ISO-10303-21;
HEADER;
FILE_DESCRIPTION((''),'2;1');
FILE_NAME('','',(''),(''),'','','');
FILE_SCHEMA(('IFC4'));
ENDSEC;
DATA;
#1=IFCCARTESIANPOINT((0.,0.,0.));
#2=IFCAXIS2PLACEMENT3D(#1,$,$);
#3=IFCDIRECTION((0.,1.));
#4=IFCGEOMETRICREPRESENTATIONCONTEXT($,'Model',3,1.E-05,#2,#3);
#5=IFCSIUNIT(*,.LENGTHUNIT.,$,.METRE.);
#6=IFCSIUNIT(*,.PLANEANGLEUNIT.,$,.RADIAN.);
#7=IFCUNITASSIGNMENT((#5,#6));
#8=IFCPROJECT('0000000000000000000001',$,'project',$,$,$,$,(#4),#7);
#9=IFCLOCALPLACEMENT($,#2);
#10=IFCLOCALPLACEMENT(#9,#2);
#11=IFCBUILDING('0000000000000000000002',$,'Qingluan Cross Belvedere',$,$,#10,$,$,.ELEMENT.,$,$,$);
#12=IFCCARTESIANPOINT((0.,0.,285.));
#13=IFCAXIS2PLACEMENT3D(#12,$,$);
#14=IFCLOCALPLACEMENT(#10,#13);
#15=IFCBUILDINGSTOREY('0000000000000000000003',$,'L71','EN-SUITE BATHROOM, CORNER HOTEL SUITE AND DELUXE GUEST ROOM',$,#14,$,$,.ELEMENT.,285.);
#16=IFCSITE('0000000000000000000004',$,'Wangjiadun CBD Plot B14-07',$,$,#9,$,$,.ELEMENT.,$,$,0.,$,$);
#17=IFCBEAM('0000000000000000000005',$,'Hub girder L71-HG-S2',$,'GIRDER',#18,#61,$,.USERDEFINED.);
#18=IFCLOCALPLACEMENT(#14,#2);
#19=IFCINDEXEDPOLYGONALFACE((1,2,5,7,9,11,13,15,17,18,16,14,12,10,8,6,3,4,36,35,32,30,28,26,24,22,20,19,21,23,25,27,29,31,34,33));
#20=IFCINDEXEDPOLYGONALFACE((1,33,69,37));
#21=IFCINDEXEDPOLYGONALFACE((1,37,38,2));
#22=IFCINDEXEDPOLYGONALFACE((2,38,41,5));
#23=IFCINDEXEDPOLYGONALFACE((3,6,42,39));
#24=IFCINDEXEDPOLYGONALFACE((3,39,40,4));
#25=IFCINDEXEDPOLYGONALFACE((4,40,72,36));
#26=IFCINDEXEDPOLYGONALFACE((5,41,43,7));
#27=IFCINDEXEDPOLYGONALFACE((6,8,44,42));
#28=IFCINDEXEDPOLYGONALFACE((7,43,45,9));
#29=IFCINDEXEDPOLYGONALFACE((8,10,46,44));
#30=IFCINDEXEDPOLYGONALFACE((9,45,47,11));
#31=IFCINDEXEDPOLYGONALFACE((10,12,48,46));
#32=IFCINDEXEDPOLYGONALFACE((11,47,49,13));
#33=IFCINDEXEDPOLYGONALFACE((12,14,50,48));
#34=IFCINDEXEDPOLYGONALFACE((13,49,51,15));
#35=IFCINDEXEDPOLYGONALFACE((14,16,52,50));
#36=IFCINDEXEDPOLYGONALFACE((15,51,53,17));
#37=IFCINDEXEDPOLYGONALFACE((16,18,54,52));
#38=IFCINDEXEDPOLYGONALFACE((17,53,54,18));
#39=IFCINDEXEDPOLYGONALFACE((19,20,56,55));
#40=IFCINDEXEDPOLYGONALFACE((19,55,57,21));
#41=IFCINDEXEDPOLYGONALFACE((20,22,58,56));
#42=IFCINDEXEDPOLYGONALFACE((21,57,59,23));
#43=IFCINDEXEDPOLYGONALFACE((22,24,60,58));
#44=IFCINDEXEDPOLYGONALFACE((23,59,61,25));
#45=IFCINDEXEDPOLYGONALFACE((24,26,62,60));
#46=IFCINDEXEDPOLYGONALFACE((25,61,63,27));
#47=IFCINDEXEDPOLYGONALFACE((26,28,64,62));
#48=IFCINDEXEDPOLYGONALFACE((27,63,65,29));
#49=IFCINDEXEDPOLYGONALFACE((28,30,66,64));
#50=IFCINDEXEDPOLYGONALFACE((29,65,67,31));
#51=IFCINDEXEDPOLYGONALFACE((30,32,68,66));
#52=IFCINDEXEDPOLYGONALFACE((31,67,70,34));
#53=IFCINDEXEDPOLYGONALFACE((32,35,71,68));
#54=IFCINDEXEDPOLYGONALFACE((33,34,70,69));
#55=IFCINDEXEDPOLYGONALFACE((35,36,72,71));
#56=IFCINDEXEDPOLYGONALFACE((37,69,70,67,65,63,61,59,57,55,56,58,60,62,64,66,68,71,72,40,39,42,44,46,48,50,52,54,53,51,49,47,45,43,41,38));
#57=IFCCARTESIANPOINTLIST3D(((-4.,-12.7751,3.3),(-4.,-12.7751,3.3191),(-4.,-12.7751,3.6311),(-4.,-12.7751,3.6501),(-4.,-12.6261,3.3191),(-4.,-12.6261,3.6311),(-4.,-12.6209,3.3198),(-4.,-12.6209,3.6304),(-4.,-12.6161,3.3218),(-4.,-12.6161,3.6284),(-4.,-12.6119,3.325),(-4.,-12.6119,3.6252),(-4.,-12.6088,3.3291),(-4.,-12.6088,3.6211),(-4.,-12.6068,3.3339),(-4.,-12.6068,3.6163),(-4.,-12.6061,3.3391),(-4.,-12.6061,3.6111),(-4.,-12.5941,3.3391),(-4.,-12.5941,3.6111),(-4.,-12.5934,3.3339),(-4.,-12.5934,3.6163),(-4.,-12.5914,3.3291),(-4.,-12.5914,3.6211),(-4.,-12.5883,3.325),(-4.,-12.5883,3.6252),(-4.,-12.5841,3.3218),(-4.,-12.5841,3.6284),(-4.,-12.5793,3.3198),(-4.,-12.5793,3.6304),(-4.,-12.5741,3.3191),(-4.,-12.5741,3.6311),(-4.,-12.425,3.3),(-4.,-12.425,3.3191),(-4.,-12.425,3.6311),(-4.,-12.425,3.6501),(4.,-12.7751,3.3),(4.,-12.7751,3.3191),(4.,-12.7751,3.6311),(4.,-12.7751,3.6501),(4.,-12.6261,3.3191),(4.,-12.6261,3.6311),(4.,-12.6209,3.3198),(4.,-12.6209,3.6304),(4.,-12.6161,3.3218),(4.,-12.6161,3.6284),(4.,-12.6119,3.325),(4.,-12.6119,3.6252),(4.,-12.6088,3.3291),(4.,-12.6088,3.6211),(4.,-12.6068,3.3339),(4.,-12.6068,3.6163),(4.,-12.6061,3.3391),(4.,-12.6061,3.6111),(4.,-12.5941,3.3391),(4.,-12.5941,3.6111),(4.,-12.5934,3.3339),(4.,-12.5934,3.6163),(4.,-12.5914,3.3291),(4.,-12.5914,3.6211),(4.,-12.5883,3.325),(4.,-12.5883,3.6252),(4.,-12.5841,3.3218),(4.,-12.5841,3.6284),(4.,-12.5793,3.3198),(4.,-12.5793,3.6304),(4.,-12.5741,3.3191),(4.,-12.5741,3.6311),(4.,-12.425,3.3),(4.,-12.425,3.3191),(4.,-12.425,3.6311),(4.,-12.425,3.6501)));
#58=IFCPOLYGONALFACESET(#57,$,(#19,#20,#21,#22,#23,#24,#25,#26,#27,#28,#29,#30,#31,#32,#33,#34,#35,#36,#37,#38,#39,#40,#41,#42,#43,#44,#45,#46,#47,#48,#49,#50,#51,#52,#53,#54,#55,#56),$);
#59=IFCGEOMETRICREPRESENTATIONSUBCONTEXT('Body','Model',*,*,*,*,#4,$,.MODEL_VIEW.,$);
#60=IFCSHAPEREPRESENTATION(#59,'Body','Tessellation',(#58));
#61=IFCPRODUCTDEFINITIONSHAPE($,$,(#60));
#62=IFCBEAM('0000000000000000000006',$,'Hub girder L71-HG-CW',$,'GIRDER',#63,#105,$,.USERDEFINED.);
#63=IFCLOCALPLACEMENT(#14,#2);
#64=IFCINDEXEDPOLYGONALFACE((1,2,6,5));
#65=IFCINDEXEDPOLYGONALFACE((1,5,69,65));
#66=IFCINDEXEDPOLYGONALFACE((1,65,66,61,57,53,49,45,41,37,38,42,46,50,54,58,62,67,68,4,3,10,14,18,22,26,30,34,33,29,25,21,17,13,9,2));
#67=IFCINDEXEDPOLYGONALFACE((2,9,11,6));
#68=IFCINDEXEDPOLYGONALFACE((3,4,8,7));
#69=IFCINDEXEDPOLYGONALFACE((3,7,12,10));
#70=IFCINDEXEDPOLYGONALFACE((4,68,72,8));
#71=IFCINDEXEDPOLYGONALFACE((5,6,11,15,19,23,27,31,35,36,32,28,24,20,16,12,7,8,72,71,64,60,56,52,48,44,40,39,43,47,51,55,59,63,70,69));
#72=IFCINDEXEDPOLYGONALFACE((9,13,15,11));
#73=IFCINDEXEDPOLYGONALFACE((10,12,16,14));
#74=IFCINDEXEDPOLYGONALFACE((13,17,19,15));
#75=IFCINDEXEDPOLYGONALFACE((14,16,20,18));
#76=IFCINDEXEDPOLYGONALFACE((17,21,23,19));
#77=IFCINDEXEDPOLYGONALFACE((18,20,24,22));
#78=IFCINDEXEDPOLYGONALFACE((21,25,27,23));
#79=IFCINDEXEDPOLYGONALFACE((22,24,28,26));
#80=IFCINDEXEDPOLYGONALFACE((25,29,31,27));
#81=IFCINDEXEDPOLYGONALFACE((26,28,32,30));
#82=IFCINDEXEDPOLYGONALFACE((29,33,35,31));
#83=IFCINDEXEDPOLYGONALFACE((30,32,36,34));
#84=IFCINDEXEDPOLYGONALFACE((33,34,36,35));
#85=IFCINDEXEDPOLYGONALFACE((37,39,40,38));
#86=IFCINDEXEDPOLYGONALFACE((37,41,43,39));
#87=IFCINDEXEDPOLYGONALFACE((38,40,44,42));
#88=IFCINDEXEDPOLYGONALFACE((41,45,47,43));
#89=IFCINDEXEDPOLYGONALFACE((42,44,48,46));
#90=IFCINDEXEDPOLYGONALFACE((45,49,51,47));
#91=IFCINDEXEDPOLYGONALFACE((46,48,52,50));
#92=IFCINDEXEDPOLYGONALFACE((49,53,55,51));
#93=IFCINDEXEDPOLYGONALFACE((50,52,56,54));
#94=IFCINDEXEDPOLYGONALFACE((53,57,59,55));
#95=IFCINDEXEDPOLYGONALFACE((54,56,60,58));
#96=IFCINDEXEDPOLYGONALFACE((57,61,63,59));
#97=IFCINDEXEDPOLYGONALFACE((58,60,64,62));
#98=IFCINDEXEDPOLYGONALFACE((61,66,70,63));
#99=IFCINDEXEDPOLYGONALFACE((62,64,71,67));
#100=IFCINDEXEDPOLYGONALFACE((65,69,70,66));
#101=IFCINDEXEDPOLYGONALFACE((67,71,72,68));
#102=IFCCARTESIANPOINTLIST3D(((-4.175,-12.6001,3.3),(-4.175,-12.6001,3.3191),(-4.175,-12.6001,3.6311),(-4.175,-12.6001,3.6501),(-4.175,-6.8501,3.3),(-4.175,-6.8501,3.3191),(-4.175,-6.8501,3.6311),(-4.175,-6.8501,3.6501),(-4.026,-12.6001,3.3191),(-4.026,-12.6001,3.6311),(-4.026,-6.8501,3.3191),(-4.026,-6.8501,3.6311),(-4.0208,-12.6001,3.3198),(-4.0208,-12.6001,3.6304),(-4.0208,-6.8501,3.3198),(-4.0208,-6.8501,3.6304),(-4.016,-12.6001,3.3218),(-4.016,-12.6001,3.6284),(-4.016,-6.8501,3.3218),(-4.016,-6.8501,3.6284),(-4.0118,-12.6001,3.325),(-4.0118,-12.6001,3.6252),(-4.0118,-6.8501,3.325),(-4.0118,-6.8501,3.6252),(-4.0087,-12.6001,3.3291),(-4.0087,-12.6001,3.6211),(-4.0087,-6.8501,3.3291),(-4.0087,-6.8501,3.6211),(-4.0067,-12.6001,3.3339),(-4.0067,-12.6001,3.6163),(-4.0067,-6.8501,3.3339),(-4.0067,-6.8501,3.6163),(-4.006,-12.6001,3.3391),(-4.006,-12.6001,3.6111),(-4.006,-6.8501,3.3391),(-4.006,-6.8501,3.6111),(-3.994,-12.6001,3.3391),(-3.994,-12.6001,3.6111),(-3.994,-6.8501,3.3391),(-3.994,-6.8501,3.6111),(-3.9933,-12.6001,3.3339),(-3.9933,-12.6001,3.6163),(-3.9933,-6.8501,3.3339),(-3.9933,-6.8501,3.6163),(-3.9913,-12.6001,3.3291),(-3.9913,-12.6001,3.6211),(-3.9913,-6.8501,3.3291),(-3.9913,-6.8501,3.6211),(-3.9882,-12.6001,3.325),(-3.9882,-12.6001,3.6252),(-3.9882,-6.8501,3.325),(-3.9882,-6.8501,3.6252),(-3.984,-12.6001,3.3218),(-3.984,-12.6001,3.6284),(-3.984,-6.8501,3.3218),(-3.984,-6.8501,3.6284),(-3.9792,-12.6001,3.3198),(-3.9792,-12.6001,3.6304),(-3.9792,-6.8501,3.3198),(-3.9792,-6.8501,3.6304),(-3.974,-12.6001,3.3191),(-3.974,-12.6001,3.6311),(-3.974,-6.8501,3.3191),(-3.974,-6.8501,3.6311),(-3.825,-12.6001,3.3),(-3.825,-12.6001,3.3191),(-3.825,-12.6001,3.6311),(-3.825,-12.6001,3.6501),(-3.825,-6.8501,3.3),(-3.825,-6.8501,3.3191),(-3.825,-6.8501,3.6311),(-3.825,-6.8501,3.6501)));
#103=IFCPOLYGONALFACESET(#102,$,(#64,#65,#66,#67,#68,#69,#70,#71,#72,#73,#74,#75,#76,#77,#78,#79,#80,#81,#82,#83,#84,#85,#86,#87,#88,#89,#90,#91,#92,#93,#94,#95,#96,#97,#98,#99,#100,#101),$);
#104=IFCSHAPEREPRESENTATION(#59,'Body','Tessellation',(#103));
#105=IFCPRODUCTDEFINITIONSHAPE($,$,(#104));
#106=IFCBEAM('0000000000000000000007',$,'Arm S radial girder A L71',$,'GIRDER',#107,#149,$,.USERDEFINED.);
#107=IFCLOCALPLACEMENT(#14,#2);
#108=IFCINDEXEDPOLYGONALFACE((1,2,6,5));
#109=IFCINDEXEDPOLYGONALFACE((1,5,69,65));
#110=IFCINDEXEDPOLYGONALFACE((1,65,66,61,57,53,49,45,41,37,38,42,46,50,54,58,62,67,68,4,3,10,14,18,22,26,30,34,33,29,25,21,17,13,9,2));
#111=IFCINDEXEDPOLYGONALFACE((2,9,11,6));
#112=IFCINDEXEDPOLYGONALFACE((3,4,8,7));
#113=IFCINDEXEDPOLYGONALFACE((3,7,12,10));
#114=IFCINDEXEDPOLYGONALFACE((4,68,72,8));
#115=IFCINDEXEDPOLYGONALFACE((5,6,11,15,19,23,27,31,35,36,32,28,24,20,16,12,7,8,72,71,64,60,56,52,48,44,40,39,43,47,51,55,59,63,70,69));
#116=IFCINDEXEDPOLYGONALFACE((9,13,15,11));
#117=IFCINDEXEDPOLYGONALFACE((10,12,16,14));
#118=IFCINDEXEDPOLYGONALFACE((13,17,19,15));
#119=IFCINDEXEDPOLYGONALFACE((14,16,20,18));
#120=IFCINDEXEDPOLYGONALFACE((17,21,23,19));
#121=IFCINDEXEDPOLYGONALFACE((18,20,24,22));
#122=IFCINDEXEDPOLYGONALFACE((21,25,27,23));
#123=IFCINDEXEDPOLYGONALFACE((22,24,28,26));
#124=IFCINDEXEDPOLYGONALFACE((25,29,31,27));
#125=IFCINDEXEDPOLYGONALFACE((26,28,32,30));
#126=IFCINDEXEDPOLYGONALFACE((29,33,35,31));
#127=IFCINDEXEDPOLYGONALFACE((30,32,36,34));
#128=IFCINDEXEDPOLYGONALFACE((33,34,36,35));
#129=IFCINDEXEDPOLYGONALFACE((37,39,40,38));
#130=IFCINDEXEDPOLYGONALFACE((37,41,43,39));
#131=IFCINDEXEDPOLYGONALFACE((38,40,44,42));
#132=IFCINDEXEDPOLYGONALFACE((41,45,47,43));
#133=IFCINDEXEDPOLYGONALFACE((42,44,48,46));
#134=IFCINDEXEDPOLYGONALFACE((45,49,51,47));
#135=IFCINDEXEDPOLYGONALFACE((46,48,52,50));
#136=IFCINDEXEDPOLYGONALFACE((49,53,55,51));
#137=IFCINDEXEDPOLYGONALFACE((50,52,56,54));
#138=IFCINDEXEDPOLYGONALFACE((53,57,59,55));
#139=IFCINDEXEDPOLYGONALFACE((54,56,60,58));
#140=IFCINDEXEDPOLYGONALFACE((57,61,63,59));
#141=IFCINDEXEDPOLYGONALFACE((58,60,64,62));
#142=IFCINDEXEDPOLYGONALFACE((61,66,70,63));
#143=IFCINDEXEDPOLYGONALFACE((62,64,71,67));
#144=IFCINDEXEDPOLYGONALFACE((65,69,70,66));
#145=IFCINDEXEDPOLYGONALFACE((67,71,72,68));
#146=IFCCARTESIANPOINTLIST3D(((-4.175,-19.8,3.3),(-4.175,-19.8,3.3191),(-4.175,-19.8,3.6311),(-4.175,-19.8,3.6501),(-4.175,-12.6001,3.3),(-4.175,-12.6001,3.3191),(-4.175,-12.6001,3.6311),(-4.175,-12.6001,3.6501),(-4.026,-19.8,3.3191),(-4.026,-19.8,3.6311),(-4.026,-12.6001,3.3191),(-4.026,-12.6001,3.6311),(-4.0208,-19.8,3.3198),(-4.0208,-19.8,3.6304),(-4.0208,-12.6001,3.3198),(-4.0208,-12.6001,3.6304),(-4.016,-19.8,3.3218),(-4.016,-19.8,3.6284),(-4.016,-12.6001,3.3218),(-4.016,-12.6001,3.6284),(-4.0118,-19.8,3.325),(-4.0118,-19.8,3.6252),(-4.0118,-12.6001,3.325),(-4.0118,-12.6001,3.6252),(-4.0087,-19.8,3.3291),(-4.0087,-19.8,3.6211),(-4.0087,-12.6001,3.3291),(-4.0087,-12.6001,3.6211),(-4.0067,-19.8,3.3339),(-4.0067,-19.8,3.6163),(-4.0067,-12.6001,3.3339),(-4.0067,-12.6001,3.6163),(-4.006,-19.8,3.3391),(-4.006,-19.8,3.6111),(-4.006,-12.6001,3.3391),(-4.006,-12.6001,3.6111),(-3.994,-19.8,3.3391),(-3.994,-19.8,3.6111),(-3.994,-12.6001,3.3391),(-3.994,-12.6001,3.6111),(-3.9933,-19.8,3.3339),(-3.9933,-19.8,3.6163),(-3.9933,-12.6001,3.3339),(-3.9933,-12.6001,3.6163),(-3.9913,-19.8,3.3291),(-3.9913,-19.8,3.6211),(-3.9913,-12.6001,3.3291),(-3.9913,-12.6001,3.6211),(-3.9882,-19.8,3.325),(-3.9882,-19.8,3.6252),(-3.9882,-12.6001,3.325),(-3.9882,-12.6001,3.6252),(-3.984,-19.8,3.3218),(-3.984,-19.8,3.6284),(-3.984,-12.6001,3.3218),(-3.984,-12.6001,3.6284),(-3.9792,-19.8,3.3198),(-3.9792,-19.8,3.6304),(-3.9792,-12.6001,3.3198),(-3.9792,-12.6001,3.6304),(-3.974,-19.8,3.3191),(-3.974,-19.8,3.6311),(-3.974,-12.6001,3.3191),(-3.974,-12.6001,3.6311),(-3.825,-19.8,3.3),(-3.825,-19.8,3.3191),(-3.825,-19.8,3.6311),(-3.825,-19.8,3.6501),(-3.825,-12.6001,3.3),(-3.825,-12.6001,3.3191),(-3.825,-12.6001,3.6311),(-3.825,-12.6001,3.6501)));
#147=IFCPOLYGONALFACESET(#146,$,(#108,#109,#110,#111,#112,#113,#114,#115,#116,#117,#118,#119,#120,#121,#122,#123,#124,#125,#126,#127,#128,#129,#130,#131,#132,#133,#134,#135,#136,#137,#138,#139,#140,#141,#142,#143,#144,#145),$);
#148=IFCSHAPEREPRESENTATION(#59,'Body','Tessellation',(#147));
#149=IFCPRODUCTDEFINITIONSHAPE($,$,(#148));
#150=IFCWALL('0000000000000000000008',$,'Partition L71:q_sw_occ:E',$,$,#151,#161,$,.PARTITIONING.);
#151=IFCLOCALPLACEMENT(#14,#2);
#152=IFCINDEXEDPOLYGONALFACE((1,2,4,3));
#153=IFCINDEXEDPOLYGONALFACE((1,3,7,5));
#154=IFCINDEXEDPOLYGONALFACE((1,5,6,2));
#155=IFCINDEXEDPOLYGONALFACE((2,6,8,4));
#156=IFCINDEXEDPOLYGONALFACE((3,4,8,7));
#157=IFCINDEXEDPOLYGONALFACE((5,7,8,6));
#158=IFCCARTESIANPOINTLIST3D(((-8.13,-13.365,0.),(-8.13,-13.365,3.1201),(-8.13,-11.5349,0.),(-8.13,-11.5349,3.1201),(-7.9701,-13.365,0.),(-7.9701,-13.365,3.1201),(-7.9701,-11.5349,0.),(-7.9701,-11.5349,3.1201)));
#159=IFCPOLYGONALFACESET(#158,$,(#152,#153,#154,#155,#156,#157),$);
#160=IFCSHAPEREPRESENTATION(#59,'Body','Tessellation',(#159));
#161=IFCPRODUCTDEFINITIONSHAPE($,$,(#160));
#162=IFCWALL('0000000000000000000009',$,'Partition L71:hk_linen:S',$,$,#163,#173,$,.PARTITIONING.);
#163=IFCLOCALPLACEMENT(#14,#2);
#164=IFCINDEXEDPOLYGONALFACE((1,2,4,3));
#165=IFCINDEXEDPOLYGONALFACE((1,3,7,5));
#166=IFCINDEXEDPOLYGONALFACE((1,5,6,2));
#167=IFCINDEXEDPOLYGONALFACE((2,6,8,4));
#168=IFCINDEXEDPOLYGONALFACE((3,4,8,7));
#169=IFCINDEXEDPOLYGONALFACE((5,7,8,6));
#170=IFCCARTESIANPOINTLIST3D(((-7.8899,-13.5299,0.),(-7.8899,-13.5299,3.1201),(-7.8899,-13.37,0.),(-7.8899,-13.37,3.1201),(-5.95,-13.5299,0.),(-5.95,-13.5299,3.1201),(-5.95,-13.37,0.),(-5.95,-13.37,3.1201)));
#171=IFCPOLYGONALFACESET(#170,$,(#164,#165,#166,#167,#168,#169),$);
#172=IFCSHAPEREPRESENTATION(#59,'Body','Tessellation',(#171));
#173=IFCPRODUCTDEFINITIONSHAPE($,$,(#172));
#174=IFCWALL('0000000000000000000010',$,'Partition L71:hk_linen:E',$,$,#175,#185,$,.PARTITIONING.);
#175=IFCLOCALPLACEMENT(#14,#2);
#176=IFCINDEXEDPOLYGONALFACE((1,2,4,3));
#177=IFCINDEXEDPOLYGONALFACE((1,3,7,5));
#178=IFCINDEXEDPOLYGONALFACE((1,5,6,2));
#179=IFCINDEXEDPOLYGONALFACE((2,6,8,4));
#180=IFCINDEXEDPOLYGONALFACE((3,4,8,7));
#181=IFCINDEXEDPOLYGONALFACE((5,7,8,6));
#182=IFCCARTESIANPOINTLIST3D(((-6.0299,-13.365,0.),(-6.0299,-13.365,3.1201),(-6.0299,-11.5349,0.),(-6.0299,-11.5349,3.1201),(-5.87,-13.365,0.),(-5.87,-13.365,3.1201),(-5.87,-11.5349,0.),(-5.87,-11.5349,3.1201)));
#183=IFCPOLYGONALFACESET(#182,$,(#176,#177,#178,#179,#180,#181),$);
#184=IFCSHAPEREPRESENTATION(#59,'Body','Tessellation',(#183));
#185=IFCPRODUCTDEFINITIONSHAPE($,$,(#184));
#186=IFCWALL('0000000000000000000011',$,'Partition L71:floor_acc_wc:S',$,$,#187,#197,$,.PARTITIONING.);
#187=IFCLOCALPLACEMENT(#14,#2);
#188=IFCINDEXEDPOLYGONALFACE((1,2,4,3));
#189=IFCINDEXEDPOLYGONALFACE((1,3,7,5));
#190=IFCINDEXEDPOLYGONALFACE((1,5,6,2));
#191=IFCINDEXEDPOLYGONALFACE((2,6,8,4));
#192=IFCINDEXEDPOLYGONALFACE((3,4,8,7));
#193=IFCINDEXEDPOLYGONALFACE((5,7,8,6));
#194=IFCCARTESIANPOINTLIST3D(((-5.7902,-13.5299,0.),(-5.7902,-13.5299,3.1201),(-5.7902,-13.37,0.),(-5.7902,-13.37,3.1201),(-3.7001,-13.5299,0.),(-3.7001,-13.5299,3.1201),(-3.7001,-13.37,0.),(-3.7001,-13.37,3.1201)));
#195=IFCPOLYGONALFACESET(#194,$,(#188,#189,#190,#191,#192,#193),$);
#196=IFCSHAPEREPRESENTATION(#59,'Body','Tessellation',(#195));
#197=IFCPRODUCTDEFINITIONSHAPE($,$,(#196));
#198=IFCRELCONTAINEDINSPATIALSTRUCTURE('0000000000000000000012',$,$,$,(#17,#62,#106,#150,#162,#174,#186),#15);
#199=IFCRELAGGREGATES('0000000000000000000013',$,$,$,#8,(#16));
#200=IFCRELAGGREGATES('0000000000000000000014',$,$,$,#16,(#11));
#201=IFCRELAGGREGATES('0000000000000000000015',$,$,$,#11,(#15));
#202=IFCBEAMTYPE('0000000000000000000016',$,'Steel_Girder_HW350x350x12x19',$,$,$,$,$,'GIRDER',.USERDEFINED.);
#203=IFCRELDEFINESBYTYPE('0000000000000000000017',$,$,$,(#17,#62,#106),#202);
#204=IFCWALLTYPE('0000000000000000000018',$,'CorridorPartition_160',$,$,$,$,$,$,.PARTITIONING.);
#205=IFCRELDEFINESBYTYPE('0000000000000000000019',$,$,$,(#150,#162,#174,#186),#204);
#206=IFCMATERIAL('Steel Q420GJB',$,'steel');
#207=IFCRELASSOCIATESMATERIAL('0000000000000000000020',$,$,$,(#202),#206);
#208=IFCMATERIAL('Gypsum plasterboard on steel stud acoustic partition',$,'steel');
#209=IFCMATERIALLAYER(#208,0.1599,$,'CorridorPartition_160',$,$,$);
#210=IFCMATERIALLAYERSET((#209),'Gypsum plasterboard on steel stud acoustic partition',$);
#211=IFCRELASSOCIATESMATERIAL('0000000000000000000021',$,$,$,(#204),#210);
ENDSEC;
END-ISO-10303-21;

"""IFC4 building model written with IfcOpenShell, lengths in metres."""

from ifc_helpers import new_model, si_unit, direction, frame, frame_2d, origin, origin_2d, place, context, subcontext, project, spatial, rectangle, i_section, extrude, material, layer, layer_set, material_profile, profile_set, type_object, element, save


model = new_model("IFC4")

# Units and contexts
model_context = context("Model", 3, precision=1e-05, world=origin(), true_north=direction((0.0, 1.0)))
body_context = subcontext(model_context, "Body", "Model", "MODEL_VIEW")
ifc_project = project(units=[si_unit("LENGTHUNIT", "METRE"), si_unit("PLANEANGLEUNIT", "RADIAN")], contexts=[model_context])

# Site, building, storey
site_placement = place(None, origin())
site = spatial("IfcSite", under=ifc_project, at=site_placement, Name="Wangjiadun CBD Plot B14-07", CompositionType="ELEMENT", RefElevation=0.0)
building_placement = place(site_placement, origin())
building = spatial("IfcBuilding", under=site, at=building_placement, Name="Qingluan Cross Belvedere", CompositionType="ELEMENT")
storey_placement = place(building_placement, frame((0.0, 0.0, 285.0)))
storey = spatial("IfcBuildingStorey", under=building, at=storey_placement, Name="L71", Description="EN-SUITE BATHROOM, CORNER HOTEL SUITE AND DELUXE GUEST ROOM", CompositionType="ELEMENT", Elevation=285.0)

# Beams
ifc_material_1 = material(Name="Steel Q420GJB", Category="steel")
ifc_material_profile_1 = material_profile(ifc_material_1, i_section(OverallWidth=0.3501, OverallDepth=0.3501, WebThickness=0.012, FlangeThickness=0.019, FilletRadius=0.02, at=origin_2d()), Name="HW350x350x12x19")
ifc_profile_set_1 = profile_set([ifc_material_profile_1], Name="Steel Q420GJB")
beam_type_1 = type_object("IfcBeamType", Name="Steel_Girder_HW350x350x12x19", ElementType="GIRDER", PredefinedType="USERDEFINED", material=ifc_profile_set_1)
beam_1_placement = place(storey_placement, frame((-4.0, -12.6001, 3.4751), z_axis=(1.0, 0.0, 0.0), x_axis=(0.0, 1.0, 0.0)))
element("IfcBeam", 1, at=beam_1_placement, inside=storey, type_object=beam_type_1, Name="Hub girder L71-HG-S2", ObjectType="GIRDER", PredefinedType="USERDEFINED", context=body_context, shape_type="SweptSolid", body=[
    extrude(i_section(OverallWidth=0.3501, OverallDepth=0.3501, WebThickness=0.012, FlangeThickness=0.019, FilletRadius=0.02, at=origin_2d()), origin(), (0.0, 0.0, 1.0), 8.0),
])
beam_2_placement = place(storey_placement, frame((-4.0, -12.6001, 3.4751), z_axis=(0.0, 1.0, 0.0), x_axis=(-1.0, 0.0, 0.0)))
element("IfcBeam", 2, at=beam_2_placement, inside=storey, type_object=beam_type_1, Name="Hub girder L71-HG-CW", ObjectType="GIRDER", PredefinedType="USERDEFINED", context=body_context, shape_type="SweptSolid", body=[
    extrude(i_section(OverallWidth=0.3501, OverallDepth=0.3501, WebThickness=0.012, FlangeThickness=0.019, FilletRadius=0.02, at=origin_2d()), origin(), (0.0, 0.0, 1.0), 5.75),
])
beam_3_placement = place(storey_placement, frame((-4.0, -12.6001, 3.4751), z_axis=(0.0, -1.0, 0.0), x_axis=(1.0, 0.0, 0.0)))
element("IfcBeam", 3, at=beam_3_placement, inside=storey, type_object=beam_type_1, Name="Arm S radial girder A L71", ObjectType="GIRDER", PredefinedType="USERDEFINED", context=body_context, shape_type="SweptSolid", body=[
    extrude(i_section(OverallWidth=0.3501, OverallDepth=0.3501, WebThickness=0.012, FlangeThickness=0.019, FilletRadius=0.02, at=origin_2d()), origin(), (0.0, 0.0, 1.0), 7.2),
])

# Walls
ifc_material_2 = material(Name="Gypsum plasterboard on steel stud acoustic partition", Category="steel")
ifc_layer_1 = layer(ifc_material_2, 0.1599, Name="CorridorPartition_160")
ifc_layer_set_1 = layer_set([ifc_layer_1], Name="Gypsum plasterboard on steel stud acoustic partition")
wall_type_1 = type_object("IfcWallType", Name="CorridorPartition_160", PredefinedType="PARTITIONING", material=ifc_layer_set_1)
wall_1_placement = place(storey_placement, frame((-8.05, -13.365, 0.0), z_axis=(0.0, 0.0, 1.0), x_axis=(0.0, 1.0, 0.0)))
element("IfcWall", 4, at=wall_1_placement, inside=storey, type_object=wall_type_1, Name="Partition L71:q_sw_occ:E", PredefinedType="PARTITIONING", context=body_context, shape_type="SweptSolid", body=[
    extrude(rectangle(XDim=1.8301, YDim=0.1599, at=frame_2d((0.915, 0.0))), origin(), (0.0, 0.0, 1.0), 3.1201),
])
wall_2_placement = place(storey_placement, frame((-7.8899, -13.45, 0.0), z_axis=(0.0, 0.0, 1.0), x_axis=(1.0, 0.0, 0.0)))
element("IfcWall", 5, at=wall_2_placement, inside=storey, type_object=wall_type_1, Name="Partition L71:hk_linen:S", PredefinedType="PARTITIONING", context=body_context, shape_type="SweptSolid", body=[
    extrude(rectangle(XDim=1.9399, YDim=0.1599, at=frame_2d((0.97, 0.0))), origin(), (0.0, 0.0, 1.0), 3.1201),
])
wall_3_placement = place(storey_placement, frame((-5.95, -13.365, 0.0), z_axis=(0.0, 0.0, 1.0), x_axis=(0.0, 1.0, 0.0)))
element("IfcWall", 6, at=wall_3_placement, inside=storey, type_object=wall_type_1, Name="Partition L71:hk_linen:E", PredefinedType="PARTITIONING", context=body_context, shape_type="SweptSolid", body=[
    extrude(rectangle(XDim=1.8301, YDim=0.1599, at=frame_2d((0.915, 0.0))), origin(), (0.0, 0.0, 1.0), 3.1201),
])
wall_4_placement = place(storey_placement, frame((-5.79, -13.45, 0.0), z_axis=(0.0, 0.0, 1.0), x_axis=(1.0, 0.0, 0.0)))
element("IfcWall", 7, at=wall_4_placement, inside=storey, type_object=wall_type_1, Name="Partition L71:floor_acc_wc:S", PredefinedType="PARTITIONING", context=body_context, shape_type="SweptSolid", body=[
    extrude(rectangle(XDim=2.0901, YDim=0.1599, at=frame_2d((1.0449, 0.0))), origin(), (0.0, 0.0, 1.0), 3.1201),
])

save(model, "model.ifc")
